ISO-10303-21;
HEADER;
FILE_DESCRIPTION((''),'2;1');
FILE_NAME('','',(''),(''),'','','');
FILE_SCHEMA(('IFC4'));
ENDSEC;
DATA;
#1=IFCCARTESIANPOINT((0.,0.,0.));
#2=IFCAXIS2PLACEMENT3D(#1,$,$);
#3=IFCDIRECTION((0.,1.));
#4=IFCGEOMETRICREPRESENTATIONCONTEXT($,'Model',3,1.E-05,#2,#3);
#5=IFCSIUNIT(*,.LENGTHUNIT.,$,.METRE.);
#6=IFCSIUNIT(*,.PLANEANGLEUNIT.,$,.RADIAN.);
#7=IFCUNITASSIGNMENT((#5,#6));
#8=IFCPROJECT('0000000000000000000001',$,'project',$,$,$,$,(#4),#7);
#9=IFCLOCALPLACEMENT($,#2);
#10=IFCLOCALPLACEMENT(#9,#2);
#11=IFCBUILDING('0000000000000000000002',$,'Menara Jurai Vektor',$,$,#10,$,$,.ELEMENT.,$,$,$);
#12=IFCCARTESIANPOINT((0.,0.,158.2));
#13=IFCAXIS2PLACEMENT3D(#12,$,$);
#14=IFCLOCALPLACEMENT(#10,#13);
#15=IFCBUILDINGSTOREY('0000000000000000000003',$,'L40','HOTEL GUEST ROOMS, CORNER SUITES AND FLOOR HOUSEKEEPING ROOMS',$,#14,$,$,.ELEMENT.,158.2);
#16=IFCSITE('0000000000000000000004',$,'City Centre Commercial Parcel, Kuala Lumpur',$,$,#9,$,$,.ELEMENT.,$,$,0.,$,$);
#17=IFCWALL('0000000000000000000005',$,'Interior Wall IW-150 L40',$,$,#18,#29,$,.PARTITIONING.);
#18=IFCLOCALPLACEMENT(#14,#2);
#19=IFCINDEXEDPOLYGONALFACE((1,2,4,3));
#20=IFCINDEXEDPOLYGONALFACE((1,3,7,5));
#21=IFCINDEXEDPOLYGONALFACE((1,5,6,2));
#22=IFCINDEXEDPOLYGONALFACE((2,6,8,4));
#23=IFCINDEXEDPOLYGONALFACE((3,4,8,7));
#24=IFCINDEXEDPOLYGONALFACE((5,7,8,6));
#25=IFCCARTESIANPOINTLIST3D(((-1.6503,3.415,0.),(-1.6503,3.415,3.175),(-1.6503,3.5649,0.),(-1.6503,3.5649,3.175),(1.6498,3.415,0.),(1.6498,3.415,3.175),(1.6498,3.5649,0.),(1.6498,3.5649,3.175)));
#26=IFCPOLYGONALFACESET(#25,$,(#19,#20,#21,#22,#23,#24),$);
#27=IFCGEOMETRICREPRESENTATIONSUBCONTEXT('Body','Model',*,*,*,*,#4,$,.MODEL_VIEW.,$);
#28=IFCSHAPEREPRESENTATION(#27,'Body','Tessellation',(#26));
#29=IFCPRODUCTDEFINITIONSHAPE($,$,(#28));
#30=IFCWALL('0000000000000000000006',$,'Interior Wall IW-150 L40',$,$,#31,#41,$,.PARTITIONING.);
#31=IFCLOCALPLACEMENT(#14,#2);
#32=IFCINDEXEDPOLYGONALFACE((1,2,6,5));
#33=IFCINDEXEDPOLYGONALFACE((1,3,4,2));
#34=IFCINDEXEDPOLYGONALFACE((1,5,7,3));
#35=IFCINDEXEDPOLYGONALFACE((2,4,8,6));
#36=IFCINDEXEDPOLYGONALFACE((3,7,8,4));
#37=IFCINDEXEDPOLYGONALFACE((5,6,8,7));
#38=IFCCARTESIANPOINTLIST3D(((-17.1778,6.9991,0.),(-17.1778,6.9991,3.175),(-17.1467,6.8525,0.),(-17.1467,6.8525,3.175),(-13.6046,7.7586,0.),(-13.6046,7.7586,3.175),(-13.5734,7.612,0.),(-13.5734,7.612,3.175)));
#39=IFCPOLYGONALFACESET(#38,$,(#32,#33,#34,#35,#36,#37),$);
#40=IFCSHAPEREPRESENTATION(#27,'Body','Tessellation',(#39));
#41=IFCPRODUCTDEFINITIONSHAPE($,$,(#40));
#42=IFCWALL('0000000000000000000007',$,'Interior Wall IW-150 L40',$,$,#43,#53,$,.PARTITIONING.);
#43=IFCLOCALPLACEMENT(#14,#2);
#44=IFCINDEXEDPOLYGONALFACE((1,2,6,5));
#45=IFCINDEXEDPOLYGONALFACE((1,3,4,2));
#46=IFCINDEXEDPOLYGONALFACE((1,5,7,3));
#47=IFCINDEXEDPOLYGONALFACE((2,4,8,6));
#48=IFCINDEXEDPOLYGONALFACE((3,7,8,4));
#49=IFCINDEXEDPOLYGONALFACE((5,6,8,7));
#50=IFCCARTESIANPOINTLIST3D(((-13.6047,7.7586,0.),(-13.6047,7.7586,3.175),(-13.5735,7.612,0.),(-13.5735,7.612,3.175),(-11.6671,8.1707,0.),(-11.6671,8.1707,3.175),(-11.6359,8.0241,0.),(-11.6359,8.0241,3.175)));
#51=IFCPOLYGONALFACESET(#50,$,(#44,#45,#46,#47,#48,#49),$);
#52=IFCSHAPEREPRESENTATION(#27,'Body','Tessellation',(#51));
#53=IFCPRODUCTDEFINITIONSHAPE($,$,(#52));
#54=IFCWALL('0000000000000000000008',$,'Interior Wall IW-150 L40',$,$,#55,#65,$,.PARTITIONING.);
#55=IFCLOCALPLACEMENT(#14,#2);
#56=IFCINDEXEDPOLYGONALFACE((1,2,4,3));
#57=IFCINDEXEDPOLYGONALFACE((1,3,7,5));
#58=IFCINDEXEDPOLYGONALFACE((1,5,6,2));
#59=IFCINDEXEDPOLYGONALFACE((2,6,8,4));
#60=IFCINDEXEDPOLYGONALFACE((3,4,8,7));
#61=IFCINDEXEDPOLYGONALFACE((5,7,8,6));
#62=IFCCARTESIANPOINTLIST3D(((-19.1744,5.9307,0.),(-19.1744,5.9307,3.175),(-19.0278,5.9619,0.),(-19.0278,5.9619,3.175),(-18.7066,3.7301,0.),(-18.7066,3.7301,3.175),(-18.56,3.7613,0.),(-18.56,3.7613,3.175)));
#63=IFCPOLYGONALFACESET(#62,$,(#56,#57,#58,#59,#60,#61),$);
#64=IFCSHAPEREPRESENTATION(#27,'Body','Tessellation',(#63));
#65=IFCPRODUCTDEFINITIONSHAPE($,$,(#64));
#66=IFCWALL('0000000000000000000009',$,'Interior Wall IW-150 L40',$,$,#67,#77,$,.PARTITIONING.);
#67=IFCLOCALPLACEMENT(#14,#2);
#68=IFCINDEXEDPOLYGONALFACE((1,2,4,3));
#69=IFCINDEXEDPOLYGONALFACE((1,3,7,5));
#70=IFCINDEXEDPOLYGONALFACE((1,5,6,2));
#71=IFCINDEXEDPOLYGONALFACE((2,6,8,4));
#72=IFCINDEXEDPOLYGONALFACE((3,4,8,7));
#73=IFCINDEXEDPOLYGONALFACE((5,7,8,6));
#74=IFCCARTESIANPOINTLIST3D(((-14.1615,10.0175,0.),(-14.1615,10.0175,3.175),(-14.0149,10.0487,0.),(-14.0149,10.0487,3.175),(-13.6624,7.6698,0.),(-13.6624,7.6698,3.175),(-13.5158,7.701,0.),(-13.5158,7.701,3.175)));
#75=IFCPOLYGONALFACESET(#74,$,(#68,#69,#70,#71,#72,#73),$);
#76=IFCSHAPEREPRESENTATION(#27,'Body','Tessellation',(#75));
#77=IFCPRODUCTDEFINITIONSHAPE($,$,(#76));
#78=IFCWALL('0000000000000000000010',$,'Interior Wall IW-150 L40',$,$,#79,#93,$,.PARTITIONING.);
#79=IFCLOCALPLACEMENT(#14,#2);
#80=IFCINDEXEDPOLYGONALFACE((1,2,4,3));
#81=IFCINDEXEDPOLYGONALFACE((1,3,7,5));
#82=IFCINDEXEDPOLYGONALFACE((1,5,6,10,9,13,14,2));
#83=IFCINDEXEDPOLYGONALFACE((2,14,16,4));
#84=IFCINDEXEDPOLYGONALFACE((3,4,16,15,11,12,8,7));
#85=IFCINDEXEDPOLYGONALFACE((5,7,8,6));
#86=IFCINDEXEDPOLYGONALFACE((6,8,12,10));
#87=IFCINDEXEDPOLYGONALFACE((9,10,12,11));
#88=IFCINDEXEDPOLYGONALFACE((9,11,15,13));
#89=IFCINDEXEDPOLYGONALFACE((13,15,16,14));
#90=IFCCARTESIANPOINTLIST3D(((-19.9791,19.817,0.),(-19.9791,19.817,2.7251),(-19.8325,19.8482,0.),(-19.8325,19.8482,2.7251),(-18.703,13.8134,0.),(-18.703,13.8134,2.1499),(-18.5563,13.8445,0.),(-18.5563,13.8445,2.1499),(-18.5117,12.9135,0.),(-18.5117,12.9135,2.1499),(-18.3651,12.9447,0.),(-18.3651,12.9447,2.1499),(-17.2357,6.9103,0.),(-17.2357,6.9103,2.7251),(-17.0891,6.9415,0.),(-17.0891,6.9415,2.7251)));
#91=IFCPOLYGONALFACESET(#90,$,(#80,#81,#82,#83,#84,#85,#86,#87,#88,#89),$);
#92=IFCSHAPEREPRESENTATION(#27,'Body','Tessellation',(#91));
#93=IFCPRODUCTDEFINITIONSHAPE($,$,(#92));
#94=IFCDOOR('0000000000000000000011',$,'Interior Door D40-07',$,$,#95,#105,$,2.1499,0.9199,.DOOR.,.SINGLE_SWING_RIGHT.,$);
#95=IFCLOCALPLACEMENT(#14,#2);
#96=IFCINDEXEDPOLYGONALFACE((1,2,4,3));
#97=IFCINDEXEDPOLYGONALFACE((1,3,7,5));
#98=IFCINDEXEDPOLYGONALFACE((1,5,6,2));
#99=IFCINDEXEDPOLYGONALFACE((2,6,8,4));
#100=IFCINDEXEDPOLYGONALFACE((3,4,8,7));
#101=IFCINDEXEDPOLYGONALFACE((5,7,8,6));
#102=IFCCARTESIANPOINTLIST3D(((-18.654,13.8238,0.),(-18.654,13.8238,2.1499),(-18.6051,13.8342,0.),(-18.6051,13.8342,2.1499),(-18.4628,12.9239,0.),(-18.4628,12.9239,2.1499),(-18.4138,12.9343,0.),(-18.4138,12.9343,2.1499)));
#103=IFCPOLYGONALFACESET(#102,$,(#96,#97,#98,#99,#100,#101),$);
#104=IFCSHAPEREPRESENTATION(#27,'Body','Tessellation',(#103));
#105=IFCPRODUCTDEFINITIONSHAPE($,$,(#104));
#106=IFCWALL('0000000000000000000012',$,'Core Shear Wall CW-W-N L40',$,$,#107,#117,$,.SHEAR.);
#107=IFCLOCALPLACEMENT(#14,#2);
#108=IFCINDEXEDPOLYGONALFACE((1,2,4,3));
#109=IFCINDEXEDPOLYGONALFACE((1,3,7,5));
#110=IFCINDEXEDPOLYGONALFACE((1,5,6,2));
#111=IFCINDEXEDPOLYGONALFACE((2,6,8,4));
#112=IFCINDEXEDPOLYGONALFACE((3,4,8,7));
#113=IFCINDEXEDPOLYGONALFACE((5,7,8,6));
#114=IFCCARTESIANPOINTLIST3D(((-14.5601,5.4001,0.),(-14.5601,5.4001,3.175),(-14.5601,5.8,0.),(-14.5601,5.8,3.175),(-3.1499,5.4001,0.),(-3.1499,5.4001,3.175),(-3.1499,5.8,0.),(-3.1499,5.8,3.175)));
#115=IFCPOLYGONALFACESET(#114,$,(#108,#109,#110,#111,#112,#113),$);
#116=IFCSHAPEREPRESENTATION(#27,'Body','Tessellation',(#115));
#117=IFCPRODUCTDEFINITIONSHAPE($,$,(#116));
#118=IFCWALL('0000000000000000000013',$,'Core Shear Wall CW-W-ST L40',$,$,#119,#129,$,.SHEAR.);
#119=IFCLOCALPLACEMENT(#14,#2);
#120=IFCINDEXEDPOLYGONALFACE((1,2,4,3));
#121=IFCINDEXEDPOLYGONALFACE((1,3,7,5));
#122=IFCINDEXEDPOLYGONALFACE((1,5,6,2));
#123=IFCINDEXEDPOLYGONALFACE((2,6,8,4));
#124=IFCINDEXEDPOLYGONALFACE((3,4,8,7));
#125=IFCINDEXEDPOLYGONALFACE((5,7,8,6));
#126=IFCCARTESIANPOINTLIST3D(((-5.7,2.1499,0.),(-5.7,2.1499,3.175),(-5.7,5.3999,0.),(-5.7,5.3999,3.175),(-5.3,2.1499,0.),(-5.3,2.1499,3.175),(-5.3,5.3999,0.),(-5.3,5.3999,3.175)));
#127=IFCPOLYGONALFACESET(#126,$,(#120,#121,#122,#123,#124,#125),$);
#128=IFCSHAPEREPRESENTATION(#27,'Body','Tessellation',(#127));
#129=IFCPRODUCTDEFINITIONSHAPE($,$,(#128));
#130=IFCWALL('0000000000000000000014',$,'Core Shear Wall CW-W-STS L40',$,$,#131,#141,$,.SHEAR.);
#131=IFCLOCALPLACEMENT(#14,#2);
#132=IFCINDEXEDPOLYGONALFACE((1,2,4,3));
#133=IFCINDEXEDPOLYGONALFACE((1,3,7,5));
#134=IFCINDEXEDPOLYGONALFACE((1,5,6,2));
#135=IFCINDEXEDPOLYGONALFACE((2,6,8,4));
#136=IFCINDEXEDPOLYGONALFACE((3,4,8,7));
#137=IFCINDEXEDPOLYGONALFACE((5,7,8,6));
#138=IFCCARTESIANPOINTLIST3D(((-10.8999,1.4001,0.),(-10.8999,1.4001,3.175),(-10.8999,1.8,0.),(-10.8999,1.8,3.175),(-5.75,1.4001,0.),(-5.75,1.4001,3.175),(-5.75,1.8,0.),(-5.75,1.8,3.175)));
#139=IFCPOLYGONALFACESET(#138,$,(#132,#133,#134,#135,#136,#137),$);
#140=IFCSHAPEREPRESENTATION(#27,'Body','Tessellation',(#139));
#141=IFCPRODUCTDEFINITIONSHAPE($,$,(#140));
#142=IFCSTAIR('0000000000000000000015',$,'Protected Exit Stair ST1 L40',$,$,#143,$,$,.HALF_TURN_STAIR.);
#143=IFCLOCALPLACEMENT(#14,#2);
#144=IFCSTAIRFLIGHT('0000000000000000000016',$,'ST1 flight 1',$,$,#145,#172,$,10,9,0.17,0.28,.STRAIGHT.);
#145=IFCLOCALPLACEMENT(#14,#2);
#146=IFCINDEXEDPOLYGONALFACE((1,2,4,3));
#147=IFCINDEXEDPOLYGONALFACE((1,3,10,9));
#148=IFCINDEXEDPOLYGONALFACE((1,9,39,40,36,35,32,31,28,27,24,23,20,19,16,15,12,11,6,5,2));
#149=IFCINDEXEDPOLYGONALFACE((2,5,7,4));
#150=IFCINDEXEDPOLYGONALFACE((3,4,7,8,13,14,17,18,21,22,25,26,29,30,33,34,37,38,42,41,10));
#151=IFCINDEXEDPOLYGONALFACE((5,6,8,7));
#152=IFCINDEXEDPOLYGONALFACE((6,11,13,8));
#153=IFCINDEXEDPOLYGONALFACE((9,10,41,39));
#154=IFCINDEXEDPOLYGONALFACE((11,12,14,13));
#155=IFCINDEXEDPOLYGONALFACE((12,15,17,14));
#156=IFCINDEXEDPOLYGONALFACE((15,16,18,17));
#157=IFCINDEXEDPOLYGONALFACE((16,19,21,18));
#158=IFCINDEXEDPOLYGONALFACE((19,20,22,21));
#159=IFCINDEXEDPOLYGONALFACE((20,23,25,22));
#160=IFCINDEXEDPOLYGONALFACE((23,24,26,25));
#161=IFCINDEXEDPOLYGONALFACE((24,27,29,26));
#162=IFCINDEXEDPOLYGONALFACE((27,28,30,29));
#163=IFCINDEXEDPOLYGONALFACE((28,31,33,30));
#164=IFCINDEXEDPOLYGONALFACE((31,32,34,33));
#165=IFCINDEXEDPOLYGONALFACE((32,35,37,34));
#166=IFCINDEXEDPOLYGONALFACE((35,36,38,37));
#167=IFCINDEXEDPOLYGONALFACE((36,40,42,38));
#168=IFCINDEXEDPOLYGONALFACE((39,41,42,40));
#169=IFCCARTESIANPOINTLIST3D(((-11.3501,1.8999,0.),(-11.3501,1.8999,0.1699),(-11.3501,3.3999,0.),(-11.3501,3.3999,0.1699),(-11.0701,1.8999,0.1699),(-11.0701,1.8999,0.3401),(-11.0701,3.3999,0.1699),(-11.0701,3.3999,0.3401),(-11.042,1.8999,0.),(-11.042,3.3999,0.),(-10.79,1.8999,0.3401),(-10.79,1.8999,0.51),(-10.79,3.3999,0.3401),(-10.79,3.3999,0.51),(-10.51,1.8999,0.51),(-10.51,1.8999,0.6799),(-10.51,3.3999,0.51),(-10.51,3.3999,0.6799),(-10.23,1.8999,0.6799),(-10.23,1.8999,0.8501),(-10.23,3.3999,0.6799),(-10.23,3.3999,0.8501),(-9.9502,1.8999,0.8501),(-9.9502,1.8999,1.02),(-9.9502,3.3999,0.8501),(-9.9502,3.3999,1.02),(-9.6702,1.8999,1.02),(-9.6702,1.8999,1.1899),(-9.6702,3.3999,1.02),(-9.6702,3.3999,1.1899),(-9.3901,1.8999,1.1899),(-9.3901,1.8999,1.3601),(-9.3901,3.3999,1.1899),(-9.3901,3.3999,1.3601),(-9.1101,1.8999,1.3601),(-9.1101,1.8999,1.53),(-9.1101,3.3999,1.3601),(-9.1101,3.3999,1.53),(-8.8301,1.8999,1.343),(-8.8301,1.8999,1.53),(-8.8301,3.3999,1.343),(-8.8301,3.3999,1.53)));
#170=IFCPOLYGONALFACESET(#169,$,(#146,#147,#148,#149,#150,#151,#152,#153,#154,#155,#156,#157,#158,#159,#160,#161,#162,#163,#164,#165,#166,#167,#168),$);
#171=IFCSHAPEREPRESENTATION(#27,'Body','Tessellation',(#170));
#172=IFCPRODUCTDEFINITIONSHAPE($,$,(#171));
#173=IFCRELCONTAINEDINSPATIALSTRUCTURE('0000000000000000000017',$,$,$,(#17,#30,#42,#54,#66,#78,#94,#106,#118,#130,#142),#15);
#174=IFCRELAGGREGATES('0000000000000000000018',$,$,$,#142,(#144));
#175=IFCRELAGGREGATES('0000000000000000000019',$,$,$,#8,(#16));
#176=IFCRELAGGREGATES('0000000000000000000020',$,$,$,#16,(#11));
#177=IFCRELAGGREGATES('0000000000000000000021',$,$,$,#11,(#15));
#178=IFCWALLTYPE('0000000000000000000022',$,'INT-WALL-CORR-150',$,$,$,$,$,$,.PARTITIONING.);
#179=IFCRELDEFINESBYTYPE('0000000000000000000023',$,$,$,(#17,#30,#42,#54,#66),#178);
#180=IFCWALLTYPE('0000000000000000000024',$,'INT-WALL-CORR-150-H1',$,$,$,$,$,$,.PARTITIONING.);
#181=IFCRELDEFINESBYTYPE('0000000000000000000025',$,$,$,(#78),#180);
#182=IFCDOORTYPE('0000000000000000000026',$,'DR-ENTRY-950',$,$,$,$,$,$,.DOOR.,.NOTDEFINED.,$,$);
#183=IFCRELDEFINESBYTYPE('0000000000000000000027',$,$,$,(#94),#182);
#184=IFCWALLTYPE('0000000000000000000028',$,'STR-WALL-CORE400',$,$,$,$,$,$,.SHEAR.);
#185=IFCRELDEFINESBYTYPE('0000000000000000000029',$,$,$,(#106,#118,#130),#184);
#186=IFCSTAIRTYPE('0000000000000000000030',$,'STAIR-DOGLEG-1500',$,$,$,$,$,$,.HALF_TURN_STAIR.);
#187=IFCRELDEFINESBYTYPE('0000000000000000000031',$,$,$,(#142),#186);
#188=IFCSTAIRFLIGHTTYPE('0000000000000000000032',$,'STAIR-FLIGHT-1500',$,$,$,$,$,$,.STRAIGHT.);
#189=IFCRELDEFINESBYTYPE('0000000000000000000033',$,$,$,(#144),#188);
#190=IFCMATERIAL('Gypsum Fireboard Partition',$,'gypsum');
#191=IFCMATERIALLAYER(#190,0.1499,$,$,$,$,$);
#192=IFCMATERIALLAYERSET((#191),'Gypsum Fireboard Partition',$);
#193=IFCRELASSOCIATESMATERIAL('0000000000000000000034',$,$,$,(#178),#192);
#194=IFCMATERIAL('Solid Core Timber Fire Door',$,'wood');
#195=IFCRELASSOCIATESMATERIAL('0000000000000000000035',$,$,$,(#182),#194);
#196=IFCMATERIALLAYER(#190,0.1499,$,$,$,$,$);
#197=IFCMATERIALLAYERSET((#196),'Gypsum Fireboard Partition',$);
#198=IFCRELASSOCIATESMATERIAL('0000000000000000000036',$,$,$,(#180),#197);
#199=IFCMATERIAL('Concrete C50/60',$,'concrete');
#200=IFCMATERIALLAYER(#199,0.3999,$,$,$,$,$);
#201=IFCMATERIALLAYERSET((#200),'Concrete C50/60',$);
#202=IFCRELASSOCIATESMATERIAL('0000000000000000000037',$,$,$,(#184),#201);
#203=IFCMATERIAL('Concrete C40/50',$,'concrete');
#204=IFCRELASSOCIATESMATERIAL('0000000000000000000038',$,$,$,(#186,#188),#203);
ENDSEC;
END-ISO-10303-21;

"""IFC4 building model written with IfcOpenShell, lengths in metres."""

from ifc_helpers import new_model, si_unit, direction, frame, frame_2d, origin, place, context, subcontext, project, spatial, polyline, rectangle, outline, extrude, material, layer, layer_set, type_object, element, fill, aggregate, save


model = new_model("IFC4")

# Units and contexts
model_context = context("Model", 3, precision=1e-05, world=origin(), true_north=direction((0.0, 1.0)))
body_context = subcontext(model_context, "Body", "Model", "MODEL_VIEW")
ifc_project = project(units=[si_unit("LENGTHUNIT", "METRE"), si_unit("PLANEANGLEUNIT", "RADIAN")], contexts=[model_context])

# Site, building, storey
site_placement = place(None, origin())
site = spatial("IfcSite", under=ifc_project, at=site_placement, Name="City Centre Commercial Parcel, Kuala Lumpur", CompositionType="ELEMENT", RefElevation=0.0)
building_placement = place(site_placement, origin())
building = spatial("IfcBuilding", under=site, at=building_placement, Name="Menara Jurai Vektor", CompositionType="ELEMENT")
storey_placement = place(building_placement, frame((0.0, 0.0, 158.2)))
storey = spatial("IfcBuildingStorey", under=building, at=storey_placement, Name="L40", Description="HOTEL GUEST ROOMS, CORNER SUITES AND FLOOR HOUSEKEEPING ROOMS", CompositionType="ELEMENT", Elevation=158.2)

# Shared definitions
ifc_material_1 = material(Name="Concrete C50/60", Category="concrete")

# Shared definitions
ifc_material_2 = material(Name="Concrete C40/50", Category="concrete")

# Walls
ifc_material_3 = material(Name="Gypsum Fireboard Partition", Category="gypsum")
ifc_layer_1 = layer(ifc_material_3, 0.1499)
ifc_layer_set_1 = layer_set([ifc_layer_1], Name="Gypsum Fireboard Partition")
wall_type_1 = type_object("IfcWallType", Name="INT-WALL-CORR-150", PredefinedType="PARTITIONING", material=ifc_layer_set_1)
wall_1_placement = place(storey_placement, frame((-1.6501, 3.49, 0.0), z_axis=(0.0, 0.0, 1.0), x_axis=(1.0, 0.0, 0.0)))
element("IfcWall", 1, at=wall_1_placement, inside=storey, type_object=wall_type_1, Name="Interior Wall IW-150 L40", PredefinedType="PARTITIONING", context=body_context, shape_type="SweptSolid", body=[
    extrude(rectangle(XDim=3.3, YDim=0.1499, at=frame_2d((1.6499, 0.0))), origin(), (0.0, 0.0, 1.0), 3.175),
])
wall_2_placement = place(storey_placement, frame((-17.1624, 6.9258, 0.0), z_axis=(0.0, 0.0, 1.0), x_axis=(0.978147, 0.207913, 0.0)))
element("IfcWall", 2, at=wall_2_placement, inside=storey, type_object=wall_type_1, Name="Interior Wall IW-150 L40", PredefinedType="PARTITIONING", context=body_context, shape_type="SweptSolid", body=[
    extrude(rectangle(XDim=3.6531, YDim=0.1499, at=frame_2d((1.8267, 0.0))), origin(), (0.0, 0.0, 1.0), 3.175),
])

# Shared definitions
ifc_material_4 = material(Name="Solid Core Timber Fire Door", Category="wood")
door_type_1 = type_object("IfcDoorType", Name="DR-ENTRY-950", OperationType="NOTDEFINED", PredefinedType="DOOR", material=ifc_material_4)

# Walls
wall_3_placement = place(storey_placement, frame((-13.5891, 7.6853, 0.0), z_axis=(0.0, 0.0, 1.0), x_axis=(0.978119, 0.208047, 0.0)))
element("IfcWall", 3, at=wall_3_placement, inside=storey, type_object=wall_type_1, Name="Interior Wall IW-150 L40", PredefinedType="PARTITIONING", context=body_context, shape_type="SweptSolid", body=[
    extrude(rectangle(XDim=1.981, YDim=0.1499, at=frame_2d((0.9905, 0.0))), origin(), (0.0, 0.0, 1.0), 3.175),
])
wall_4_placement = place(storey_placement, frame((-18.6333, 3.7456, 0.0), z_axis=(0.0, 0.0, 1.0), x_axis=(-0.207913, 0.978147, 0.0)))
element("IfcWall", 4, at=wall_4_placement, inside=storey, type_object=wall_type_1, Name="Interior Wall IW-150 L40", PredefinedType="PARTITIONING", context=body_context, shape_type="SweptSolid", body=[
    extrude(rectangle(XDim=2.2498, YDim=0.1499, at=frame_2d((1.125, 0.0))), origin(), (0.0, 0.0, 1.0), 3.175),
])
wall_5_placement = place(storey_placement, frame((-13.5891, 7.6853, 0.0), z_axis=(0.0, 0.0, 1.0), x_axis=(-0.207917, 0.978146, 0.0)))
element("IfcWall", 5, at=wall_5_placement, inside=storey, type_object=wall_type_1, Name="Interior Wall IW-150 L40", PredefinedType="PARTITIONING", context=body_context, shape_type="SweptSolid", body=[
    extrude(rectangle(XDim=2.4001, YDim=0.1499, at=frame_2d((1.2002, 0.0))), origin(), (0.0, 0.0, 1.0), 3.175),
])

# Wall, opening, door
ifc_layer_2 = layer(ifc_material_3, 0.1499)
ifc_layer_set_2 = layer_set([ifc_layer_2], Name="Gypsum Fireboard Partition")
wall_type_2 = type_object("IfcWallType", Name="INT-WALL-CORR-150-H1", PredefinedType="PARTITIONING", material=ifc_layer_set_2)
wall_6_placement = place(storey_placement, frame((-17.1624, 6.9258, 0.0), z_axis=(0.0, 0.0, 1.0), x_axis=(-0.207911, 0.978148, 0.0)))
wall_6 = element("IfcWall", 6, at=wall_6_placement, inside=storey, type_object=wall_type_2, Name="Interior Wall IW-150 L40", PredefinedType="PARTITIONING", context=body_context, shape_type="SweptSolid", body=[
    extrude(rectangle(XDim=13.1951, YDim=0.1499, at=frame_2d((6.5977, 0.0))), origin(), (0.0, 0.0, 1.0), 2.7251),
])
opening_1_placement = place(wall_6_placement, frame((6.1375, 0.0, 0.0)))
opening_1 = element("IfcOpeningElement", 7, at=opening_1_placement, cuts=wall_6, PredefinedType="OPENING", context=body_context, shape_type="SweptSolid", body=[
    extrude(rectangle(XDim=0.9199, YDim=2.1499, at=frame_2d((0.46, 1.075))), frame((0.0, 0.085, 0.0), z_axis=(0.0, -1.0, 0.0), x_axis=(1.0, 0.0, 0.0)), (0.0, 0.0, 1.0), 0.1699),
])
door_1_placement = place(opening_1_placement, origin())
door_1 = element("IfcDoor", 8, at=door_1_placement, inside=storey, type_object=door_type_1, Name="Interior Door D40-07", OperationType="SINGLE_SWING_RIGHT", OverallHeight=2.1499, OverallWidth=0.9199, PredefinedType="DOOR", context=body_context, shape_type="SweptSolid", body=[
    extrude(rectangle(XDim=0.9199, YDim=2.1499, at=frame_2d((0.46, 1.075))), frame((0.0, 0.0249, 0.0), z_axis=(0.0, -1.0, 0.0), x_axis=(1.0, 0.0, 0.0)), (0.0, 0.0, 1.0), 0.05),
])
fill(opening_1, door_1)

# Walls
ifc_layer_3 = layer(ifc_material_1, 0.3999)
ifc_layer_set_3 = layer_set([ifc_layer_3], Name="Concrete C50/60")
wall_type_3 = type_object("IfcWallType", Name="STR-WALL-CORE400", PredefinedType="SHEAR", material=ifc_layer_set_3)
wall_7_placement = place(storey_placement, frame((-14.5601, 5.6001, 0.0), z_axis=(0.0, 0.0, 1.0), x_axis=(1.0, 0.0, 0.0)))
element("IfcWall", 9, at=wall_7_placement, inside=storey, type_object=wall_type_3, Name="Core Shear Wall CW-W-N L40", PredefinedType="SHEAR", context=body_context, shape_type="SweptSolid", body=[
    extrude(rectangle(XDim=11.4102, YDim=0.3999, at=frame_2d((5.7051, 0.0))), origin(), (0.0, 0.0, 1.0), 3.175),
])
wall_8_placement = place(storey_placement, frame((-5.5, 2.1499, 0.0), z_axis=(0.0, 0.0, 1.0), x_axis=(0.0, 1.0, 0.0)))
element("IfcWall", 10, at=wall_8_placement, inside=storey, type_object=wall_type_3, Name="Core Shear Wall CW-W-ST L40", PredefinedType="SHEAR", context=body_context, shape_type="SweptSolid", body=[
    extrude(rectangle(XDim=3.25, YDim=0.3999, at=frame_2d((1.625, 0.0))), origin(), (0.0, 0.0, 1.0), 3.175),
])
wall_9_placement = place(storey_placement, frame((-10.8999, 1.6001, 0.0), z_axis=(0.0, 0.0, 1.0), x_axis=(1.0, 0.0, 0.0)))
element("IfcWall", 11, at=wall_9_placement, inside=storey, type_object=wall_type_3, Name="Core Shear Wall CW-W-STS L40", PredefinedType="SHEAR", context=body_context, shape_type="SweptSolid", body=[
    extrude(rectangle(XDim=5.1499, YDim=0.3999, at=frame_2d((2.575, 0.0))), origin(), (0.0, 0.0, 1.0), 3.175),
])

# Stair, stair flight
stair_type = type_object("IfcStairType", Name="STAIR-DOGLEG-1500", PredefinedType="HALF_TURN_STAIR", material=ifc_material_2)
stair_placement = place(storey_placement, origin())
stair = element("IfcStair", 12, at=stair_placement, inside=storey, type_object=stair_type, Name="Protected Exit Stair ST1 L40", PredefinedType="HALF_TURN_STAIR")
stair_flight_type = type_object("IfcStairFlightType", Name="STAIR-FLIGHT-1500", PredefinedType="STRAIGHT", material=ifc_material_2)
stair_flight_1_placement = place(storey_placement, frame((-11.3501, 2.6499, 0.0), z_axis=(0.0, 0.0, 1.0), x_axis=(1.0, 0.0, 0.0)))
stair_flight_1 = element("IfcStairFlight", 13, at=stair_flight_1_placement, type_object=stair_flight_type, Name="ST1 flight 1", NumberOfRisers=10, NumberOfTreads=9, PredefinedType="STRAIGHT", RiserHeight=0.17, TreadLength=0.28, context=body_context, shape_type="SweptSolid", body=[
    extrude(outline(polyline([(0.0, 0.0), (0.0, 0.1699), (0.28, 0.1699), (0.28, 0.3401), (0.5601, 0.3401), (0.5601, 0.51), (0.8401, 0.51), (0.8401, 0.6799), (1.1201, 0.6799), (1.1201, 0.8501), (1.3999, 0.8501), (1.3999, 1.02), (1.6799, 1.02), (1.6799, 1.1899), (1.96, 1.1899), (1.96, 1.3601), (2.24, 1.3601), (2.24, 1.53), (2.52, 1.53), (2.52, 1.7), (2.52, 1.343), (0.3081, 0.0), (0.0, 0.0)])), frame((0.0, 0.75, 0.0), z_axis=(0.0, -1.0, 0.0), x_axis=(1.0, 0.0, 0.0)), (0.0, 0.0, 1.0), 1.5),
])
aggregate(stair, [stair_flight_1])

save(model, "model.ifc")
